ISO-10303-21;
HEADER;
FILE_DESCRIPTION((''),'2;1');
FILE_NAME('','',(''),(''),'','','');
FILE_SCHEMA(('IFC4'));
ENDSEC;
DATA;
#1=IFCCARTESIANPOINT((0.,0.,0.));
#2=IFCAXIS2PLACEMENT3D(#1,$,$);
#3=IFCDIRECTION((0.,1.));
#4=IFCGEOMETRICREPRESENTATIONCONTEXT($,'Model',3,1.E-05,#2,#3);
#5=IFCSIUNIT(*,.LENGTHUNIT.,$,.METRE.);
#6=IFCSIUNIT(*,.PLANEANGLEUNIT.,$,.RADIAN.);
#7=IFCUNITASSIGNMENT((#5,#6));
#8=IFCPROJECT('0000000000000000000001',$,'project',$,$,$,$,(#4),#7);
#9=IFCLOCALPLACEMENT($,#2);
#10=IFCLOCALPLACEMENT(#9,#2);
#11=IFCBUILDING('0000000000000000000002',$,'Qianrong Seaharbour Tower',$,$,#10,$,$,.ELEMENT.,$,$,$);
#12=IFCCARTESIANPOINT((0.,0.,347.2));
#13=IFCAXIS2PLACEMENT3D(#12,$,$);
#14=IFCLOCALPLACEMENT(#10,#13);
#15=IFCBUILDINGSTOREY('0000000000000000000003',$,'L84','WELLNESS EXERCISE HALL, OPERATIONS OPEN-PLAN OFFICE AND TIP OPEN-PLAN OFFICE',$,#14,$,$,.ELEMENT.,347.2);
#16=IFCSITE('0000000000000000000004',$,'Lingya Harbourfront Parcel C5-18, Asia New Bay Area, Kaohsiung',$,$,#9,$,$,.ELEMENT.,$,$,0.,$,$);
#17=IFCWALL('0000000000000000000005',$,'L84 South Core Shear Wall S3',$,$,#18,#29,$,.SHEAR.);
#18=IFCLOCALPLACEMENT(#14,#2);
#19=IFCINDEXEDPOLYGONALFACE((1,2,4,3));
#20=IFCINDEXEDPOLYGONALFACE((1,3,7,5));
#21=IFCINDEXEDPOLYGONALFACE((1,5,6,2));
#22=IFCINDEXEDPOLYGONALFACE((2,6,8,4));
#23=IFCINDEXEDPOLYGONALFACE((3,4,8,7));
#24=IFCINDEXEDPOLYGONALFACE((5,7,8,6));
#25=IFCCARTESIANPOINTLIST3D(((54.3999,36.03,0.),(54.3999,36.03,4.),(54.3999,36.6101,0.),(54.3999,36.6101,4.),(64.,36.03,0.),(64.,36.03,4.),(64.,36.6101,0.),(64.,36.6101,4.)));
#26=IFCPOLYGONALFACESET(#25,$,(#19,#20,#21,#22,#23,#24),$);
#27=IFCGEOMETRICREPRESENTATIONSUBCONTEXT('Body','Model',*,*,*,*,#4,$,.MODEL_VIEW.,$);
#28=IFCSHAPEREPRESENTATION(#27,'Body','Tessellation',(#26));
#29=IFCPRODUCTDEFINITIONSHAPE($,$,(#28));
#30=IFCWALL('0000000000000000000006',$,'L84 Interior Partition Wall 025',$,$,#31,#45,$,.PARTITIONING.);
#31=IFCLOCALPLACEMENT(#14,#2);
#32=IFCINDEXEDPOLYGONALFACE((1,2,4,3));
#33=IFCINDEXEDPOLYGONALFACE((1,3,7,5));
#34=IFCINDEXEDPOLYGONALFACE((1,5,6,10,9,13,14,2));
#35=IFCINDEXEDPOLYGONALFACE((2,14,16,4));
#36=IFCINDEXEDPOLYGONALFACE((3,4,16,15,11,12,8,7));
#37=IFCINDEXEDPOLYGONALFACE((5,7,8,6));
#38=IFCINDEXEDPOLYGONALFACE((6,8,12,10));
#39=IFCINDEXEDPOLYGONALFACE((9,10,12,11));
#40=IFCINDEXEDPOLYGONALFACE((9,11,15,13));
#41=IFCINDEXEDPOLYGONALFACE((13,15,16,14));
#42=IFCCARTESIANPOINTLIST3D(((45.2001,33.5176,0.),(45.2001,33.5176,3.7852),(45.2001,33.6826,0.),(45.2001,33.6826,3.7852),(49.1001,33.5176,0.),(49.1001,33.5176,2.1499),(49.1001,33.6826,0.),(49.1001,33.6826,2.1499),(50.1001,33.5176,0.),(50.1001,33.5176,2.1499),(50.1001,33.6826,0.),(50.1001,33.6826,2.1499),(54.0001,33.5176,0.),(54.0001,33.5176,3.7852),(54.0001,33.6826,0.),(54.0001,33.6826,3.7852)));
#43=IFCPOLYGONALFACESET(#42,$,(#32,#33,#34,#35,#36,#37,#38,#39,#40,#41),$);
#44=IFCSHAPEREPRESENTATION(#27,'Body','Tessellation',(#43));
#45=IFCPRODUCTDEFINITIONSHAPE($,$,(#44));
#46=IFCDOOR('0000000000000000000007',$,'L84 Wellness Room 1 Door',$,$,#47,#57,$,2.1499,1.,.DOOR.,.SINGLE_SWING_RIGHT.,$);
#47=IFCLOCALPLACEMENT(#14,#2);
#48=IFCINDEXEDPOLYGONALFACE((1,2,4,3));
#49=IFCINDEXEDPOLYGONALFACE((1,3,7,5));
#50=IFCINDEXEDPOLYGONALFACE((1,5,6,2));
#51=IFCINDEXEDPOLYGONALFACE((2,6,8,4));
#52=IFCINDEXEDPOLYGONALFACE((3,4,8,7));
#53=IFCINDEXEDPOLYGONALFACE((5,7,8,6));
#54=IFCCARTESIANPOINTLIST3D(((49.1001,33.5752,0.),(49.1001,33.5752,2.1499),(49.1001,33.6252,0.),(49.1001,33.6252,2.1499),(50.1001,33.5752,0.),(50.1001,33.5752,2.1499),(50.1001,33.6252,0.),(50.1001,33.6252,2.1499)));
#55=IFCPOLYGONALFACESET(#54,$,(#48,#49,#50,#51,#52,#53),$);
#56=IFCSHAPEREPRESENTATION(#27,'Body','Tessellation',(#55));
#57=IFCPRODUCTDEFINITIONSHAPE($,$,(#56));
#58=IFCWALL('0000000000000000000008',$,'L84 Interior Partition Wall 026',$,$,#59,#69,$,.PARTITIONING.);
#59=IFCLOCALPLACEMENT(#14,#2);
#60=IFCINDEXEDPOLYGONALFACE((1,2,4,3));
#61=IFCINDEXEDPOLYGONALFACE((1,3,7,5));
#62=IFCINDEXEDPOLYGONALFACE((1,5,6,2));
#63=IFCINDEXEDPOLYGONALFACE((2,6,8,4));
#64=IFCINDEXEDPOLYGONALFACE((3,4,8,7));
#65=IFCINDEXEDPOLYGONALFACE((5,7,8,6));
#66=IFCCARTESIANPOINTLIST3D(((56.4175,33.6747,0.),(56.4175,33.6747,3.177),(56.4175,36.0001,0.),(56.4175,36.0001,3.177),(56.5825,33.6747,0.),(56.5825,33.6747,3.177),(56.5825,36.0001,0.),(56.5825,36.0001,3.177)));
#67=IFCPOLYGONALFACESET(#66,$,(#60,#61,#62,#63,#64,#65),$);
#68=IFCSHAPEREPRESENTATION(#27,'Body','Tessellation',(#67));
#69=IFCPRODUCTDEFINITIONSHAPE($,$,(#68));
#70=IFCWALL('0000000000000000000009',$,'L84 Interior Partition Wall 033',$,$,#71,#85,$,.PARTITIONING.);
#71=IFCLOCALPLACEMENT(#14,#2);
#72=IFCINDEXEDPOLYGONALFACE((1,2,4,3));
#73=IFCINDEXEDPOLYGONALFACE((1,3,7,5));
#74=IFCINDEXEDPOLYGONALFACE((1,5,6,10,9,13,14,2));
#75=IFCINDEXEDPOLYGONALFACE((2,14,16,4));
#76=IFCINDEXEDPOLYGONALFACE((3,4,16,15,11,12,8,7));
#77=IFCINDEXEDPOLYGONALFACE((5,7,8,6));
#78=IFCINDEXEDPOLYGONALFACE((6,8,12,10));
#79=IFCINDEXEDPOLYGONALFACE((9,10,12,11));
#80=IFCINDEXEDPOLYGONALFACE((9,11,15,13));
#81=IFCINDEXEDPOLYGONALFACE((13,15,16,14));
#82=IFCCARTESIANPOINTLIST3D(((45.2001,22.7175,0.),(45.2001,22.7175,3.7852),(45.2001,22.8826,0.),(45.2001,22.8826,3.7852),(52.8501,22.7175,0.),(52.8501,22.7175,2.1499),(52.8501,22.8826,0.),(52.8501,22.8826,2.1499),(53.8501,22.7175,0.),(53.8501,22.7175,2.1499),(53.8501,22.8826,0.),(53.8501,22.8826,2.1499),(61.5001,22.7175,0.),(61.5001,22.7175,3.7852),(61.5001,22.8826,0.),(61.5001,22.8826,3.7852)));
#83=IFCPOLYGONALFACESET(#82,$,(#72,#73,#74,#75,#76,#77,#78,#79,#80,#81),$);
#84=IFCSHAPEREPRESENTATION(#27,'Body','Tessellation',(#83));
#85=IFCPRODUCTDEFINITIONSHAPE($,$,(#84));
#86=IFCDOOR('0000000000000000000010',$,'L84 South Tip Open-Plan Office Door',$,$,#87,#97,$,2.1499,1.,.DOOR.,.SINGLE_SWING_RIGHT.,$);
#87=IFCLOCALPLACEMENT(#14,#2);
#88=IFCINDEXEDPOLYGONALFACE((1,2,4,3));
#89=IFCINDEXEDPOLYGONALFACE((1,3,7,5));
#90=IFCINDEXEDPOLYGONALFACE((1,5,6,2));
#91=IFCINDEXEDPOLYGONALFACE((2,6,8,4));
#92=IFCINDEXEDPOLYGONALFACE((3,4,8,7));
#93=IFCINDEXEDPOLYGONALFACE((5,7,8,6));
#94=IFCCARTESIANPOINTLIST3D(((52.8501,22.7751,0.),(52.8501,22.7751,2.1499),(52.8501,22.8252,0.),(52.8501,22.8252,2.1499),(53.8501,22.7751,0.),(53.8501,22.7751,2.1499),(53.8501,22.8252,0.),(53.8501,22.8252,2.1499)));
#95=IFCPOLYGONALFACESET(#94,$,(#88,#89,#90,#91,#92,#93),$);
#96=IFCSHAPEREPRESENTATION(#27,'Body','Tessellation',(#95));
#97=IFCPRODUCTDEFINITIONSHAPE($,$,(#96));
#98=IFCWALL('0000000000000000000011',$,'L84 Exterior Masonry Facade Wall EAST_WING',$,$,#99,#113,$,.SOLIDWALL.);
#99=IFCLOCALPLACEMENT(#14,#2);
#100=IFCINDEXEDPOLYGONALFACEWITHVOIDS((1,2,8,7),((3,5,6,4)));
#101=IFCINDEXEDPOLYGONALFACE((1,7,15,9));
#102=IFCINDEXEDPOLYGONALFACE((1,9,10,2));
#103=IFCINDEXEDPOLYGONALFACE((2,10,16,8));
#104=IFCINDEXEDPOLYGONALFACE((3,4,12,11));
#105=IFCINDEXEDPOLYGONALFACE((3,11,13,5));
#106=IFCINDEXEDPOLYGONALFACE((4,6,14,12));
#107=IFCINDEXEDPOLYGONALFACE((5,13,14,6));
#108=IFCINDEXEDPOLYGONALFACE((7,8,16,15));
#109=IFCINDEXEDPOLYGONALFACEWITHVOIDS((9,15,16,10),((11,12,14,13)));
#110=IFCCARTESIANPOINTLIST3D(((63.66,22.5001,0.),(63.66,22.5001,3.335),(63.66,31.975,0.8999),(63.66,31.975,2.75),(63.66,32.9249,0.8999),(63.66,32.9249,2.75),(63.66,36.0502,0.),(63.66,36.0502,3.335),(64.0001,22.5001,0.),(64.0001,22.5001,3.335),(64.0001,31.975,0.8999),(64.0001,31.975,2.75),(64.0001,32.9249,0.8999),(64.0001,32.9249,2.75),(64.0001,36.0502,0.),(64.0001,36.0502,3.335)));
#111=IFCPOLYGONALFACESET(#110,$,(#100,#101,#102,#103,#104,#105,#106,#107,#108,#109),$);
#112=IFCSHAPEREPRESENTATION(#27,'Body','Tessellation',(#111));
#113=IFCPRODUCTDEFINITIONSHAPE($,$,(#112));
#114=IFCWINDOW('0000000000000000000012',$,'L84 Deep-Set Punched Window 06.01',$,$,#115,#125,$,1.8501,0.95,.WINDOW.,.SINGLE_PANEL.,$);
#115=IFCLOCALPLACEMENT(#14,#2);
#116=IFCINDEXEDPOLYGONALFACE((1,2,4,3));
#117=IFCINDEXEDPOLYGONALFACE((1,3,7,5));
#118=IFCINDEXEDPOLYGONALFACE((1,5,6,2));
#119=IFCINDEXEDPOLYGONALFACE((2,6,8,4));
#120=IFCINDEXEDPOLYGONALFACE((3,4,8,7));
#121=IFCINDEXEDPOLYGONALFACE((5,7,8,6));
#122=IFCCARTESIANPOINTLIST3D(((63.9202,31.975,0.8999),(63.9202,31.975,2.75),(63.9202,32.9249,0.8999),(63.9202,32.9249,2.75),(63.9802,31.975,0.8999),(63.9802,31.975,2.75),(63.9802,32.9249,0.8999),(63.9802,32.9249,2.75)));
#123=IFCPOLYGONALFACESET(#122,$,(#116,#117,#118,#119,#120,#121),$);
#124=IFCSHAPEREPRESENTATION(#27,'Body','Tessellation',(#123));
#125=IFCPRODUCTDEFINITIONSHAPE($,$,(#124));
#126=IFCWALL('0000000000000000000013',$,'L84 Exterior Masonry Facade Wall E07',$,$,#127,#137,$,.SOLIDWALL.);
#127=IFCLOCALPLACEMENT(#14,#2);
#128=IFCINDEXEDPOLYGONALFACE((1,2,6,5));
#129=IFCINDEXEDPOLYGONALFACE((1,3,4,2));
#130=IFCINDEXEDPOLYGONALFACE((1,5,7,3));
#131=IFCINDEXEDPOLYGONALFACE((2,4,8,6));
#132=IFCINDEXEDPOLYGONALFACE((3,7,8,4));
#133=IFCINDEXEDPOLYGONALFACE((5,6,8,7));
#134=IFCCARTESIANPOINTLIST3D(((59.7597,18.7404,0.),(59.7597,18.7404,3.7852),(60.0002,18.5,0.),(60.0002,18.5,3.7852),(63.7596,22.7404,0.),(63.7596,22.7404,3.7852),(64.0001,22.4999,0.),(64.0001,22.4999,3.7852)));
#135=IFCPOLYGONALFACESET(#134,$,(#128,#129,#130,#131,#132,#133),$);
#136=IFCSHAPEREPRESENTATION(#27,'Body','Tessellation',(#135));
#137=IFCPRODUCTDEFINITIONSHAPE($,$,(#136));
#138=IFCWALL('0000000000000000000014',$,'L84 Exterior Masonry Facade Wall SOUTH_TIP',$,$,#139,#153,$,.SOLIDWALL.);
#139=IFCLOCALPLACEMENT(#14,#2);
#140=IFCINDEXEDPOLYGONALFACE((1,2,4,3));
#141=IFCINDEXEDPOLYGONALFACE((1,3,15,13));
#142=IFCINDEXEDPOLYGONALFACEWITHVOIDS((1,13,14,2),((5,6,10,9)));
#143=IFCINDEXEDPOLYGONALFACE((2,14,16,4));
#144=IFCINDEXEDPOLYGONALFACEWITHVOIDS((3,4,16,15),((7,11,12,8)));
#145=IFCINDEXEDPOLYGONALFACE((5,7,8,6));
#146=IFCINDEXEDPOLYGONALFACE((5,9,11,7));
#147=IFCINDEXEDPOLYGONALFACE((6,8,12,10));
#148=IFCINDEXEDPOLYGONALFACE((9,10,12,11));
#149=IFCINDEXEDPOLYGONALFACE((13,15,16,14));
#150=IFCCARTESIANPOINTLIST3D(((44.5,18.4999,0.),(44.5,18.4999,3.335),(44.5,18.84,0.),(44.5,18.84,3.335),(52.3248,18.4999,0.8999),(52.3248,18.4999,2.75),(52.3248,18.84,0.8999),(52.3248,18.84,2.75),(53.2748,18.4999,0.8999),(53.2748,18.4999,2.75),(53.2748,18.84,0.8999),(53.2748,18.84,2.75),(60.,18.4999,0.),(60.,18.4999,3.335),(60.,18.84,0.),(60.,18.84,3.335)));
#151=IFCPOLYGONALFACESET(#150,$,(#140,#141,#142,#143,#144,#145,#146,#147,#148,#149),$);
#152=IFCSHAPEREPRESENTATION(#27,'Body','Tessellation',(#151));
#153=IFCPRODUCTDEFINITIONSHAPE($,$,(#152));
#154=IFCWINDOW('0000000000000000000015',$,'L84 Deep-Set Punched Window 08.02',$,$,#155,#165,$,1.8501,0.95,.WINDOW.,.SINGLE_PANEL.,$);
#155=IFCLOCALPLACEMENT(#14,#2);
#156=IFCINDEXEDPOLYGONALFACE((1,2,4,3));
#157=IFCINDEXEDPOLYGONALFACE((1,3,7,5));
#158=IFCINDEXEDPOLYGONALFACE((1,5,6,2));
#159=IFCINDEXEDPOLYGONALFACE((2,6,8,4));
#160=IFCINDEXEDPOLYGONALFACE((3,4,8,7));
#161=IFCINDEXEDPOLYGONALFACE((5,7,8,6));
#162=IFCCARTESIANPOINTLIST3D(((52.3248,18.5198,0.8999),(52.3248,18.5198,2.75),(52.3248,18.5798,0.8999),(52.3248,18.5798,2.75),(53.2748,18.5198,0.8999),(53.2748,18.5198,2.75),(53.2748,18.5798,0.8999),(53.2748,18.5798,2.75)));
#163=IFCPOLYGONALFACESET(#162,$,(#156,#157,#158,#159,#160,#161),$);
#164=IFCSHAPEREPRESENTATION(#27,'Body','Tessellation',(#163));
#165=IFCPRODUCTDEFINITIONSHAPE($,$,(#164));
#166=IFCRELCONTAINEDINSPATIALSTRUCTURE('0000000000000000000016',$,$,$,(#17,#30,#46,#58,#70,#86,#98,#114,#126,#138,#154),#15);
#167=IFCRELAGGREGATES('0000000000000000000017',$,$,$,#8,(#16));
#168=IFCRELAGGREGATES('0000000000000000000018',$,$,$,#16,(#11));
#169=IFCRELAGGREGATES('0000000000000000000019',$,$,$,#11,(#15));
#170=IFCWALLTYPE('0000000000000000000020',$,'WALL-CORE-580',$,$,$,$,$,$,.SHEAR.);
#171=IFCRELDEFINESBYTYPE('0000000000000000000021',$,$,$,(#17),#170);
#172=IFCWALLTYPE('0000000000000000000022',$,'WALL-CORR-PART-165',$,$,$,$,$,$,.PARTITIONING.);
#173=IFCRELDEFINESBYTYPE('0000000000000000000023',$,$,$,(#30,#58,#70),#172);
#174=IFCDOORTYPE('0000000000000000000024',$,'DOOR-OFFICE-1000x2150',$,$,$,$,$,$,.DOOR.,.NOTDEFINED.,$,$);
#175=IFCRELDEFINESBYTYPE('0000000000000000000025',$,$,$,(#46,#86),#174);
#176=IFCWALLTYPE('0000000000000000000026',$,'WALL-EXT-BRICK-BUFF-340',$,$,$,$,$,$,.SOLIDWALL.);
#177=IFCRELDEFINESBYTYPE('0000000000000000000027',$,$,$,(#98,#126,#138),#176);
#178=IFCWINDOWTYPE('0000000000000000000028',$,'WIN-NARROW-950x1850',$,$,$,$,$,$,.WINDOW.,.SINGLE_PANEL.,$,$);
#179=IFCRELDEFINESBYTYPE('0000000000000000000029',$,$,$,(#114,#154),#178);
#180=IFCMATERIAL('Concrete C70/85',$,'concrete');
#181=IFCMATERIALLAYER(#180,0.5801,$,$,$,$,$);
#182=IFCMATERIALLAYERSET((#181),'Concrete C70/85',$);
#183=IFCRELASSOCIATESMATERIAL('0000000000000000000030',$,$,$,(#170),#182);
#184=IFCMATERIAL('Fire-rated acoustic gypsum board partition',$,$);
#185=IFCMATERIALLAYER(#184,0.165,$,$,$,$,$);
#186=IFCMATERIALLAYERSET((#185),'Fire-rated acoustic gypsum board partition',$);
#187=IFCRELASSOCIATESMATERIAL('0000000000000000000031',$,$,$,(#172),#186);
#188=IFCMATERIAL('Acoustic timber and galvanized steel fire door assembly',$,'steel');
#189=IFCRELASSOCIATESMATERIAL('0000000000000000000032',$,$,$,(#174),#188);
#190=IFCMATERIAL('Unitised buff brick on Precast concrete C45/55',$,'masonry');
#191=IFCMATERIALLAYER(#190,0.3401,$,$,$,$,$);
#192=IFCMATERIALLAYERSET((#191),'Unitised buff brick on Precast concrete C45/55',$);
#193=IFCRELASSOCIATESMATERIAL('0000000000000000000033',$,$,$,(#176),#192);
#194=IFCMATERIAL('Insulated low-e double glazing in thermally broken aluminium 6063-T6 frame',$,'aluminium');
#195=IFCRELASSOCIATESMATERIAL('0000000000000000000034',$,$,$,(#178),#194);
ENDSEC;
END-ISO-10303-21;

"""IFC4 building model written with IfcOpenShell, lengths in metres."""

from ifc_helpers import new_model, si_unit, direction, frame, frame_2d, origin, place, context, subcontext, project, spatial, rectangle, extrude, material, layer, layer_set, type_object, element, fill, save


model = new_model("IFC4")

# Units and contexts
model_context = context("Model", 3, precision=1e-05, world=origin(), true_north=direction((0.0, 1.0)))
body_context = subcontext(model_context, "Body", "Model", "MODEL_VIEW")
ifc_project = project(units=[si_unit("LENGTHUNIT", "METRE"), si_unit("PLANEANGLEUNIT", "RADIAN")], contexts=[model_context])

# Site, building, storey
site_placement = place(None, origin())
site = spatial("IfcSite", under=ifc_project, at=site_placement, Name="Lingya Harbourfront Parcel C5-18, Asia New Bay Area, Kaohsiung", CompositionType="ELEMENT", RefElevation=0.0)
building_placement = place(site_placement, origin())
building = spatial("IfcBuilding", under=site, at=building_placement, Name="Qianrong Seaharbour Tower", CompositionType="ELEMENT")
storey_placement = place(building_placement, frame((0.0, 0.0, 347.2)))
storey = spatial("IfcBuildingStorey", under=building, at=storey_placement, Name="L84", Description="WELLNESS EXERCISE HALL, OPERATIONS OPEN-PLAN OFFICE AND TIP OPEN-PLAN OFFICE", CompositionType="ELEMENT", Elevation=347.2)

# Wall
ifc_material_1 = material(Name="Concrete C70/85", Category="concrete")
ifc_layer_1 = layer(ifc_material_1, 0.5801)
ifc_layer_set_1 = layer_set([ifc_layer_1], Name="Concrete C70/85")
wall_type_1 = type_object("IfcWallType", Name="WALL-CORE-580", PredefinedType="SHEAR", material=ifc_layer_set_1)
wall_1_placement = place(storey_placement, frame((54.3999, 36.3201, 0.0), z_axis=(0.0, 0.0, 1.0), x_axis=(1.0, 0.0, 0.0)))
element("IfcWall", 1, at=wall_1_placement, inside=storey, type_object=wall_type_1, Name="L84 South Core Shear Wall S3", PredefinedType="SHEAR", context=body_context, shape_type="SweptSolid", body=[
    extrude(rectangle(XDim=9.6001, YDim=0.5801, at=frame_2d((4.8, 0.0))), origin(), (0.0, 0.0, 1.0), 4.0),
])

# Wall, opening, door
ifc_material_2 = material(Name="Fire-rated acoustic gypsum board partition")
ifc_layer_2 = layer(ifc_material_2, 0.165)
ifc_layer_set_2 = layer_set([ifc_layer_2], Name="Fire-rated acoustic gypsum board partition")
wall_type_2 = type_object("IfcWallType", Name="WALL-CORR-PART-165", PredefinedType="PARTITIONING", material=ifc_layer_set_2)
wall_2_placement = place(storey_placement, frame((54.0, 33.6001, 0.0), z_axis=(0.0, 0.0, 1.0), x_axis=(-1.0, 0.0, 0.0)))
wall_2 = element("IfcWall", 2, at=wall_2_placement, inside=storey, type_object=wall_type_2, Name="L84 Interior Partition Wall 025", PredefinedType="PARTITIONING", context=body_context, shape_type="SweptSolid", body=[
    extrude(rectangle(XDim=8.8, YDim=0.165, at=frame_2d((4.3999, 0.0))), origin(), (0.0, 0.0, 1.0), 3.7852),
])
opening_1_placement = place(wall_2_placement, frame((3.8999, 0.0, 0.0)))
opening_1 = element("IfcOpeningElement", 3, at=opening_1_placement, cuts=wall_2, PredefinedType="OPENING", context=body_context, shape_type="SweptSolid", body=[
    extrude(rectangle(XDim=1.0, YDim=2.1499, at=frame_2d((0.5, 1.075))), frame((0.0, 0.0925, 0.0), z_axis=(0.0, -1.0, 0.0), x_axis=(1.0, 0.0, 0.0)), (0.0, 0.0, 1.0), 0.1851),
])
ifc_material_3 = material(Name="Acoustic timber and galvanized steel fire door assembly", Category="steel")
door_type = type_object("IfcDoorType", Name="DOOR-OFFICE-1000x2150", OperationType="NOTDEFINED", PredefinedType="DOOR", material=ifc_material_3)
door_1_placement = place(opening_1_placement, origin())
door_1 = element("IfcDoor", 4, at=door_1_placement, inside=storey, type_object=door_type, Name="L84 Wellness Room 1 Door", OperationType="SINGLE_SWING_RIGHT", OverallHeight=2.1499, OverallWidth=1.0, PredefinedType="DOOR", context=body_context, shape_type="SweptSolid", body=[
    extrude(rectangle(XDim=1.0, YDim=2.1499, at=frame_2d((0.5, 1.075))), frame((0.0, 0.0249, 0.0), z_axis=(0.0, -1.0, 0.0), x_axis=(1.0, 0.0, 0.0)), (0.0, 0.0, 1.0), 0.05),
])
fill(opening_1, door_1)

# Wall
wall_3_placement = place(storey_placement, frame((56.5, 36.0, 0.0), z_axis=(0.0, 0.0, 1.0), x_axis=(0.0, -1.0, 0.0)))
element("IfcWall", 5, at=wall_3_placement, inside=storey, type_object=wall_type_2, Name="L84 Interior Partition Wall 026", PredefinedType="PARTITIONING", context=body_context, shape_type="SweptSolid", body=[
    extrude(rectangle(XDim=2.3254, YDim=0.165, at=frame_2d((1.1626, 0.0))), origin(), (0.0, 0.0, 1.0), 3.177),
])

# Wall, opening, door
wall_4_placement = place(storey_placement, frame((61.5, 22.8, 0.0), z_axis=(0.0, 0.0, 1.0), x_axis=(-1.0, 0.0, 0.0)))
wall_4 = element("IfcWall", 6, at=wall_4_placement, inside=storey, type_object=wall_type_2, Name="L84 Interior Partition Wall 033", PredefinedType="PARTITIONING", context=body_context, shape_type="SweptSolid", body=[
    extrude(rectangle(XDim=16.3, YDim=0.165, at=frame_2d((8.1499, 0.0))), origin(), (0.0, 0.0, 1.0), 3.7852),
])
opening_2_placement = place(wall_4_placement, frame((7.6499, 0.0, 0.0)))
opening_2 = element("IfcOpeningElement", 7, at=opening_2_placement, cuts=wall_4, PredefinedType="OPENING", context=body_context, shape_type="SweptSolid", body=[
    extrude(rectangle(XDim=1.0, YDim=2.1499, at=frame_2d((0.5, 1.075))), frame((0.0, 0.0925, 0.0), z_axis=(0.0, -1.0, 0.0), x_axis=(1.0, 0.0, 0.0)), (0.0, 0.0, 1.0), 0.1851),
])
door_2_placement = place(opening_2_placement, origin())
door_2 = element("IfcDoor", 8, at=door_2_placement, inside=storey, type_object=door_type, Name="L84 South Tip Open-Plan Office Door", OperationType="SINGLE_SWING_RIGHT", OverallHeight=2.1499, OverallWidth=1.0, PredefinedType="DOOR", context=body_context, shape_type="SweptSolid", body=[
    extrude(rectangle(XDim=1.0, YDim=2.1499, at=frame_2d((0.5, 1.075))), frame((0.0, 0.0249, 0.0), z_axis=(0.0, -1.0, 0.0), x_axis=(1.0, 0.0, 0.0)), (0.0, 0.0, 1.0), 0.05),
])
fill(opening_2, door_2)

# Wall, opening, window
ifc_material_4 = material(Name="Unitised buff brick on Precast concrete C45/55", Category="masonry")
ifc_layer_3 = layer(ifc_material_4, 0.3401)
ifc_layer_set_3 = layer_set([ifc_layer_3], Name="Unitised buff brick on Precast concrete C45/55")
wall_type_3 = type_object("IfcWallType", Name="WALL-EXT-BRICK-BUFF-340", PredefinedType="SOLIDWALL", material=ifc_layer_set_3)
wall_5_placement = place(storey_placement, frame((63.8301, 36.05, 0.0), z_axis=(0.0, 0.0, 1.0), x_axis=(0.0, -1.0, 0.0)))
wall_5 = element("IfcWall", 9, at=wall_5_placement, inside=storey, type_object=wall_type_3, Name="L84 Exterior Masonry Facade Wall EAST_WING", PredefinedType="SOLIDWALL", context=body_context, shape_type="SweptSolid", body=[
    extrude(rectangle(XDim=13.55, YDim=0.3401, at=frame_2d((6.7749, 0.0))), origin(), (0.0, 0.0, 1.0), 3.335),
])
opening_3_placement = place(wall_5_placement, frame((3.125, 0.0, 0.8999)))
opening_3 = element("IfcOpeningElement", 10, at=opening_3_placement, cuts=wall_5, PredefinedType="OPENING", context=body_context, shape_type="SweptSolid", body=[
    extrude(rectangle(XDim=0.95, YDim=1.8501, at=frame_2d((0.4751, 0.925))), frame((0.0, 0.1802, 0.0), z_axis=(0.0, -1.0, 0.0), x_axis=(1.0, 0.0, 0.0)), (0.0, 0.0, 1.0), 0.3601),
])
ifc_material_5 = material(Name="Insulated low-e double glazing in thermally broken aluminium 6063-T6 frame", Category="aluminium")
window_type = type_object("IfcWindowType", Name="WIN-NARROW-950x1850", PartitioningType="SINGLE_PANEL", PredefinedType="WINDOW", material=ifc_material_5)
window_1_placement = place(opening_3_placement, origin())
window_1 = element("IfcWindow", 11, at=window_1_placement, inside=storey, type_object=window_type, Name="L84 Deep-Set Punched Window 06.01", OverallHeight=1.8501, OverallWidth=0.95, PartitioningType="SINGLE_PANEL", PredefinedType="WINDOW", context=body_context, shape_type="SweptSolid", body=[
    extrude(rectangle(XDim=0.95, YDim=1.8501, at=frame_2d((0.4751, 0.925))), frame((0.0, 0.1501, 0.0), z_axis=(0.0, -1.0, 0.0), x_axis=(1.0, 0.0, 0.0)), (0.0, 0.0, 1.0), 0.0601),
])
fill(opening_3, window_1)

# Wall
wall_6_placement = place(storey_placement, frame((63.8799, 22.6201, 0.0), z_axis=(0.0, 0.0, 1.0), x_axis=(-0.707107, -0.707107, 0.0)))
element("IfcWall", 12, at=wall_6_placement, inside=storey, type_object=wall_type_3, Name="L84 Exterior Masonry Facade Wall E07", PredefinedType="SOLIDWALL", context=body_context, shape_type="SweptSolid", body=[
    extrude(rectangle(XDim=5.6567, YDim=0.3401, at=frame_2d((2.8284, 0.0))), origin(), (0.0, 0.0, 1.0), 3.7852),
])

# Wall, opening, window
wall_7_placement = place(storey_placement, frame((60.0, 18.6699, 0.0), z_axis=(0.0, 0.0, 1.0), x_axis=(-1.0, 0.0, 0.0)))
wall_7 = element("IfcWall", 13, at=wall_7_placement, inside=storey, type_object=wall_type_3, Name="L84 Exterior Masonry Facade Wall SOUTH_TIP", PredefinedType="SOLIDWALL", context=body_context, shape_type="SweptSolid", body=[
    extrude(rectangle(XDim=15.5, YDim=0.3401, at=frame_2d((7.75, 0.0))), origin(), (0.0, 0.0, 1.0), 3.335),
])
opening_4_placement = place(wall_7_placement, frame((6.7251, 0.0, 0.8999)))
opening_4 = element("IfcOpeningElement", 14, at=opening_4_placement, cuts=wall_7, PredefinedType="OPENING", context=body_context, shape_type="SweptSolid", body=[
    extrude(rectangle(XDim=0.95, YDim=1.8501, at=frame_2d((0.4751, 0.925))), frame((0.0, 0.1802, 0.0), z_axis=(0.0, -1.0, 0.0), x_axis=(1.0, 0.0, 0.0)), (0.0, 0.0, 1.0), 0.3601),
])
window_2_placement = place(opening_4_placement, origin())
window_2 = element("IfcWindow", 15, at=window_2_placement, inside=storey, type_object=window_type, Name="L84 Deep-Set Punched Window 08.02", OverallHeight=1.8501, OverallWidth=0.95, PartitioningType="SINGLE_PANEL", PredefinedType="WINDOW", context=body_context, shape_type="SweptSolid", body=[
    extrude(rectangle(XDim=0.95, YDim=1.8501, at=frame_2d((0.4751, 0.925))), frame((0.0, 0.1501, 0.0), z_axis=(0.0, -1.0, 0.0), x_axis=(1.0, 0.0, 0.0)), (0.0, 0.0, 1.0), 0.0601),
])
fill(opening_4, window_2)

save(model, "model.ifc")
